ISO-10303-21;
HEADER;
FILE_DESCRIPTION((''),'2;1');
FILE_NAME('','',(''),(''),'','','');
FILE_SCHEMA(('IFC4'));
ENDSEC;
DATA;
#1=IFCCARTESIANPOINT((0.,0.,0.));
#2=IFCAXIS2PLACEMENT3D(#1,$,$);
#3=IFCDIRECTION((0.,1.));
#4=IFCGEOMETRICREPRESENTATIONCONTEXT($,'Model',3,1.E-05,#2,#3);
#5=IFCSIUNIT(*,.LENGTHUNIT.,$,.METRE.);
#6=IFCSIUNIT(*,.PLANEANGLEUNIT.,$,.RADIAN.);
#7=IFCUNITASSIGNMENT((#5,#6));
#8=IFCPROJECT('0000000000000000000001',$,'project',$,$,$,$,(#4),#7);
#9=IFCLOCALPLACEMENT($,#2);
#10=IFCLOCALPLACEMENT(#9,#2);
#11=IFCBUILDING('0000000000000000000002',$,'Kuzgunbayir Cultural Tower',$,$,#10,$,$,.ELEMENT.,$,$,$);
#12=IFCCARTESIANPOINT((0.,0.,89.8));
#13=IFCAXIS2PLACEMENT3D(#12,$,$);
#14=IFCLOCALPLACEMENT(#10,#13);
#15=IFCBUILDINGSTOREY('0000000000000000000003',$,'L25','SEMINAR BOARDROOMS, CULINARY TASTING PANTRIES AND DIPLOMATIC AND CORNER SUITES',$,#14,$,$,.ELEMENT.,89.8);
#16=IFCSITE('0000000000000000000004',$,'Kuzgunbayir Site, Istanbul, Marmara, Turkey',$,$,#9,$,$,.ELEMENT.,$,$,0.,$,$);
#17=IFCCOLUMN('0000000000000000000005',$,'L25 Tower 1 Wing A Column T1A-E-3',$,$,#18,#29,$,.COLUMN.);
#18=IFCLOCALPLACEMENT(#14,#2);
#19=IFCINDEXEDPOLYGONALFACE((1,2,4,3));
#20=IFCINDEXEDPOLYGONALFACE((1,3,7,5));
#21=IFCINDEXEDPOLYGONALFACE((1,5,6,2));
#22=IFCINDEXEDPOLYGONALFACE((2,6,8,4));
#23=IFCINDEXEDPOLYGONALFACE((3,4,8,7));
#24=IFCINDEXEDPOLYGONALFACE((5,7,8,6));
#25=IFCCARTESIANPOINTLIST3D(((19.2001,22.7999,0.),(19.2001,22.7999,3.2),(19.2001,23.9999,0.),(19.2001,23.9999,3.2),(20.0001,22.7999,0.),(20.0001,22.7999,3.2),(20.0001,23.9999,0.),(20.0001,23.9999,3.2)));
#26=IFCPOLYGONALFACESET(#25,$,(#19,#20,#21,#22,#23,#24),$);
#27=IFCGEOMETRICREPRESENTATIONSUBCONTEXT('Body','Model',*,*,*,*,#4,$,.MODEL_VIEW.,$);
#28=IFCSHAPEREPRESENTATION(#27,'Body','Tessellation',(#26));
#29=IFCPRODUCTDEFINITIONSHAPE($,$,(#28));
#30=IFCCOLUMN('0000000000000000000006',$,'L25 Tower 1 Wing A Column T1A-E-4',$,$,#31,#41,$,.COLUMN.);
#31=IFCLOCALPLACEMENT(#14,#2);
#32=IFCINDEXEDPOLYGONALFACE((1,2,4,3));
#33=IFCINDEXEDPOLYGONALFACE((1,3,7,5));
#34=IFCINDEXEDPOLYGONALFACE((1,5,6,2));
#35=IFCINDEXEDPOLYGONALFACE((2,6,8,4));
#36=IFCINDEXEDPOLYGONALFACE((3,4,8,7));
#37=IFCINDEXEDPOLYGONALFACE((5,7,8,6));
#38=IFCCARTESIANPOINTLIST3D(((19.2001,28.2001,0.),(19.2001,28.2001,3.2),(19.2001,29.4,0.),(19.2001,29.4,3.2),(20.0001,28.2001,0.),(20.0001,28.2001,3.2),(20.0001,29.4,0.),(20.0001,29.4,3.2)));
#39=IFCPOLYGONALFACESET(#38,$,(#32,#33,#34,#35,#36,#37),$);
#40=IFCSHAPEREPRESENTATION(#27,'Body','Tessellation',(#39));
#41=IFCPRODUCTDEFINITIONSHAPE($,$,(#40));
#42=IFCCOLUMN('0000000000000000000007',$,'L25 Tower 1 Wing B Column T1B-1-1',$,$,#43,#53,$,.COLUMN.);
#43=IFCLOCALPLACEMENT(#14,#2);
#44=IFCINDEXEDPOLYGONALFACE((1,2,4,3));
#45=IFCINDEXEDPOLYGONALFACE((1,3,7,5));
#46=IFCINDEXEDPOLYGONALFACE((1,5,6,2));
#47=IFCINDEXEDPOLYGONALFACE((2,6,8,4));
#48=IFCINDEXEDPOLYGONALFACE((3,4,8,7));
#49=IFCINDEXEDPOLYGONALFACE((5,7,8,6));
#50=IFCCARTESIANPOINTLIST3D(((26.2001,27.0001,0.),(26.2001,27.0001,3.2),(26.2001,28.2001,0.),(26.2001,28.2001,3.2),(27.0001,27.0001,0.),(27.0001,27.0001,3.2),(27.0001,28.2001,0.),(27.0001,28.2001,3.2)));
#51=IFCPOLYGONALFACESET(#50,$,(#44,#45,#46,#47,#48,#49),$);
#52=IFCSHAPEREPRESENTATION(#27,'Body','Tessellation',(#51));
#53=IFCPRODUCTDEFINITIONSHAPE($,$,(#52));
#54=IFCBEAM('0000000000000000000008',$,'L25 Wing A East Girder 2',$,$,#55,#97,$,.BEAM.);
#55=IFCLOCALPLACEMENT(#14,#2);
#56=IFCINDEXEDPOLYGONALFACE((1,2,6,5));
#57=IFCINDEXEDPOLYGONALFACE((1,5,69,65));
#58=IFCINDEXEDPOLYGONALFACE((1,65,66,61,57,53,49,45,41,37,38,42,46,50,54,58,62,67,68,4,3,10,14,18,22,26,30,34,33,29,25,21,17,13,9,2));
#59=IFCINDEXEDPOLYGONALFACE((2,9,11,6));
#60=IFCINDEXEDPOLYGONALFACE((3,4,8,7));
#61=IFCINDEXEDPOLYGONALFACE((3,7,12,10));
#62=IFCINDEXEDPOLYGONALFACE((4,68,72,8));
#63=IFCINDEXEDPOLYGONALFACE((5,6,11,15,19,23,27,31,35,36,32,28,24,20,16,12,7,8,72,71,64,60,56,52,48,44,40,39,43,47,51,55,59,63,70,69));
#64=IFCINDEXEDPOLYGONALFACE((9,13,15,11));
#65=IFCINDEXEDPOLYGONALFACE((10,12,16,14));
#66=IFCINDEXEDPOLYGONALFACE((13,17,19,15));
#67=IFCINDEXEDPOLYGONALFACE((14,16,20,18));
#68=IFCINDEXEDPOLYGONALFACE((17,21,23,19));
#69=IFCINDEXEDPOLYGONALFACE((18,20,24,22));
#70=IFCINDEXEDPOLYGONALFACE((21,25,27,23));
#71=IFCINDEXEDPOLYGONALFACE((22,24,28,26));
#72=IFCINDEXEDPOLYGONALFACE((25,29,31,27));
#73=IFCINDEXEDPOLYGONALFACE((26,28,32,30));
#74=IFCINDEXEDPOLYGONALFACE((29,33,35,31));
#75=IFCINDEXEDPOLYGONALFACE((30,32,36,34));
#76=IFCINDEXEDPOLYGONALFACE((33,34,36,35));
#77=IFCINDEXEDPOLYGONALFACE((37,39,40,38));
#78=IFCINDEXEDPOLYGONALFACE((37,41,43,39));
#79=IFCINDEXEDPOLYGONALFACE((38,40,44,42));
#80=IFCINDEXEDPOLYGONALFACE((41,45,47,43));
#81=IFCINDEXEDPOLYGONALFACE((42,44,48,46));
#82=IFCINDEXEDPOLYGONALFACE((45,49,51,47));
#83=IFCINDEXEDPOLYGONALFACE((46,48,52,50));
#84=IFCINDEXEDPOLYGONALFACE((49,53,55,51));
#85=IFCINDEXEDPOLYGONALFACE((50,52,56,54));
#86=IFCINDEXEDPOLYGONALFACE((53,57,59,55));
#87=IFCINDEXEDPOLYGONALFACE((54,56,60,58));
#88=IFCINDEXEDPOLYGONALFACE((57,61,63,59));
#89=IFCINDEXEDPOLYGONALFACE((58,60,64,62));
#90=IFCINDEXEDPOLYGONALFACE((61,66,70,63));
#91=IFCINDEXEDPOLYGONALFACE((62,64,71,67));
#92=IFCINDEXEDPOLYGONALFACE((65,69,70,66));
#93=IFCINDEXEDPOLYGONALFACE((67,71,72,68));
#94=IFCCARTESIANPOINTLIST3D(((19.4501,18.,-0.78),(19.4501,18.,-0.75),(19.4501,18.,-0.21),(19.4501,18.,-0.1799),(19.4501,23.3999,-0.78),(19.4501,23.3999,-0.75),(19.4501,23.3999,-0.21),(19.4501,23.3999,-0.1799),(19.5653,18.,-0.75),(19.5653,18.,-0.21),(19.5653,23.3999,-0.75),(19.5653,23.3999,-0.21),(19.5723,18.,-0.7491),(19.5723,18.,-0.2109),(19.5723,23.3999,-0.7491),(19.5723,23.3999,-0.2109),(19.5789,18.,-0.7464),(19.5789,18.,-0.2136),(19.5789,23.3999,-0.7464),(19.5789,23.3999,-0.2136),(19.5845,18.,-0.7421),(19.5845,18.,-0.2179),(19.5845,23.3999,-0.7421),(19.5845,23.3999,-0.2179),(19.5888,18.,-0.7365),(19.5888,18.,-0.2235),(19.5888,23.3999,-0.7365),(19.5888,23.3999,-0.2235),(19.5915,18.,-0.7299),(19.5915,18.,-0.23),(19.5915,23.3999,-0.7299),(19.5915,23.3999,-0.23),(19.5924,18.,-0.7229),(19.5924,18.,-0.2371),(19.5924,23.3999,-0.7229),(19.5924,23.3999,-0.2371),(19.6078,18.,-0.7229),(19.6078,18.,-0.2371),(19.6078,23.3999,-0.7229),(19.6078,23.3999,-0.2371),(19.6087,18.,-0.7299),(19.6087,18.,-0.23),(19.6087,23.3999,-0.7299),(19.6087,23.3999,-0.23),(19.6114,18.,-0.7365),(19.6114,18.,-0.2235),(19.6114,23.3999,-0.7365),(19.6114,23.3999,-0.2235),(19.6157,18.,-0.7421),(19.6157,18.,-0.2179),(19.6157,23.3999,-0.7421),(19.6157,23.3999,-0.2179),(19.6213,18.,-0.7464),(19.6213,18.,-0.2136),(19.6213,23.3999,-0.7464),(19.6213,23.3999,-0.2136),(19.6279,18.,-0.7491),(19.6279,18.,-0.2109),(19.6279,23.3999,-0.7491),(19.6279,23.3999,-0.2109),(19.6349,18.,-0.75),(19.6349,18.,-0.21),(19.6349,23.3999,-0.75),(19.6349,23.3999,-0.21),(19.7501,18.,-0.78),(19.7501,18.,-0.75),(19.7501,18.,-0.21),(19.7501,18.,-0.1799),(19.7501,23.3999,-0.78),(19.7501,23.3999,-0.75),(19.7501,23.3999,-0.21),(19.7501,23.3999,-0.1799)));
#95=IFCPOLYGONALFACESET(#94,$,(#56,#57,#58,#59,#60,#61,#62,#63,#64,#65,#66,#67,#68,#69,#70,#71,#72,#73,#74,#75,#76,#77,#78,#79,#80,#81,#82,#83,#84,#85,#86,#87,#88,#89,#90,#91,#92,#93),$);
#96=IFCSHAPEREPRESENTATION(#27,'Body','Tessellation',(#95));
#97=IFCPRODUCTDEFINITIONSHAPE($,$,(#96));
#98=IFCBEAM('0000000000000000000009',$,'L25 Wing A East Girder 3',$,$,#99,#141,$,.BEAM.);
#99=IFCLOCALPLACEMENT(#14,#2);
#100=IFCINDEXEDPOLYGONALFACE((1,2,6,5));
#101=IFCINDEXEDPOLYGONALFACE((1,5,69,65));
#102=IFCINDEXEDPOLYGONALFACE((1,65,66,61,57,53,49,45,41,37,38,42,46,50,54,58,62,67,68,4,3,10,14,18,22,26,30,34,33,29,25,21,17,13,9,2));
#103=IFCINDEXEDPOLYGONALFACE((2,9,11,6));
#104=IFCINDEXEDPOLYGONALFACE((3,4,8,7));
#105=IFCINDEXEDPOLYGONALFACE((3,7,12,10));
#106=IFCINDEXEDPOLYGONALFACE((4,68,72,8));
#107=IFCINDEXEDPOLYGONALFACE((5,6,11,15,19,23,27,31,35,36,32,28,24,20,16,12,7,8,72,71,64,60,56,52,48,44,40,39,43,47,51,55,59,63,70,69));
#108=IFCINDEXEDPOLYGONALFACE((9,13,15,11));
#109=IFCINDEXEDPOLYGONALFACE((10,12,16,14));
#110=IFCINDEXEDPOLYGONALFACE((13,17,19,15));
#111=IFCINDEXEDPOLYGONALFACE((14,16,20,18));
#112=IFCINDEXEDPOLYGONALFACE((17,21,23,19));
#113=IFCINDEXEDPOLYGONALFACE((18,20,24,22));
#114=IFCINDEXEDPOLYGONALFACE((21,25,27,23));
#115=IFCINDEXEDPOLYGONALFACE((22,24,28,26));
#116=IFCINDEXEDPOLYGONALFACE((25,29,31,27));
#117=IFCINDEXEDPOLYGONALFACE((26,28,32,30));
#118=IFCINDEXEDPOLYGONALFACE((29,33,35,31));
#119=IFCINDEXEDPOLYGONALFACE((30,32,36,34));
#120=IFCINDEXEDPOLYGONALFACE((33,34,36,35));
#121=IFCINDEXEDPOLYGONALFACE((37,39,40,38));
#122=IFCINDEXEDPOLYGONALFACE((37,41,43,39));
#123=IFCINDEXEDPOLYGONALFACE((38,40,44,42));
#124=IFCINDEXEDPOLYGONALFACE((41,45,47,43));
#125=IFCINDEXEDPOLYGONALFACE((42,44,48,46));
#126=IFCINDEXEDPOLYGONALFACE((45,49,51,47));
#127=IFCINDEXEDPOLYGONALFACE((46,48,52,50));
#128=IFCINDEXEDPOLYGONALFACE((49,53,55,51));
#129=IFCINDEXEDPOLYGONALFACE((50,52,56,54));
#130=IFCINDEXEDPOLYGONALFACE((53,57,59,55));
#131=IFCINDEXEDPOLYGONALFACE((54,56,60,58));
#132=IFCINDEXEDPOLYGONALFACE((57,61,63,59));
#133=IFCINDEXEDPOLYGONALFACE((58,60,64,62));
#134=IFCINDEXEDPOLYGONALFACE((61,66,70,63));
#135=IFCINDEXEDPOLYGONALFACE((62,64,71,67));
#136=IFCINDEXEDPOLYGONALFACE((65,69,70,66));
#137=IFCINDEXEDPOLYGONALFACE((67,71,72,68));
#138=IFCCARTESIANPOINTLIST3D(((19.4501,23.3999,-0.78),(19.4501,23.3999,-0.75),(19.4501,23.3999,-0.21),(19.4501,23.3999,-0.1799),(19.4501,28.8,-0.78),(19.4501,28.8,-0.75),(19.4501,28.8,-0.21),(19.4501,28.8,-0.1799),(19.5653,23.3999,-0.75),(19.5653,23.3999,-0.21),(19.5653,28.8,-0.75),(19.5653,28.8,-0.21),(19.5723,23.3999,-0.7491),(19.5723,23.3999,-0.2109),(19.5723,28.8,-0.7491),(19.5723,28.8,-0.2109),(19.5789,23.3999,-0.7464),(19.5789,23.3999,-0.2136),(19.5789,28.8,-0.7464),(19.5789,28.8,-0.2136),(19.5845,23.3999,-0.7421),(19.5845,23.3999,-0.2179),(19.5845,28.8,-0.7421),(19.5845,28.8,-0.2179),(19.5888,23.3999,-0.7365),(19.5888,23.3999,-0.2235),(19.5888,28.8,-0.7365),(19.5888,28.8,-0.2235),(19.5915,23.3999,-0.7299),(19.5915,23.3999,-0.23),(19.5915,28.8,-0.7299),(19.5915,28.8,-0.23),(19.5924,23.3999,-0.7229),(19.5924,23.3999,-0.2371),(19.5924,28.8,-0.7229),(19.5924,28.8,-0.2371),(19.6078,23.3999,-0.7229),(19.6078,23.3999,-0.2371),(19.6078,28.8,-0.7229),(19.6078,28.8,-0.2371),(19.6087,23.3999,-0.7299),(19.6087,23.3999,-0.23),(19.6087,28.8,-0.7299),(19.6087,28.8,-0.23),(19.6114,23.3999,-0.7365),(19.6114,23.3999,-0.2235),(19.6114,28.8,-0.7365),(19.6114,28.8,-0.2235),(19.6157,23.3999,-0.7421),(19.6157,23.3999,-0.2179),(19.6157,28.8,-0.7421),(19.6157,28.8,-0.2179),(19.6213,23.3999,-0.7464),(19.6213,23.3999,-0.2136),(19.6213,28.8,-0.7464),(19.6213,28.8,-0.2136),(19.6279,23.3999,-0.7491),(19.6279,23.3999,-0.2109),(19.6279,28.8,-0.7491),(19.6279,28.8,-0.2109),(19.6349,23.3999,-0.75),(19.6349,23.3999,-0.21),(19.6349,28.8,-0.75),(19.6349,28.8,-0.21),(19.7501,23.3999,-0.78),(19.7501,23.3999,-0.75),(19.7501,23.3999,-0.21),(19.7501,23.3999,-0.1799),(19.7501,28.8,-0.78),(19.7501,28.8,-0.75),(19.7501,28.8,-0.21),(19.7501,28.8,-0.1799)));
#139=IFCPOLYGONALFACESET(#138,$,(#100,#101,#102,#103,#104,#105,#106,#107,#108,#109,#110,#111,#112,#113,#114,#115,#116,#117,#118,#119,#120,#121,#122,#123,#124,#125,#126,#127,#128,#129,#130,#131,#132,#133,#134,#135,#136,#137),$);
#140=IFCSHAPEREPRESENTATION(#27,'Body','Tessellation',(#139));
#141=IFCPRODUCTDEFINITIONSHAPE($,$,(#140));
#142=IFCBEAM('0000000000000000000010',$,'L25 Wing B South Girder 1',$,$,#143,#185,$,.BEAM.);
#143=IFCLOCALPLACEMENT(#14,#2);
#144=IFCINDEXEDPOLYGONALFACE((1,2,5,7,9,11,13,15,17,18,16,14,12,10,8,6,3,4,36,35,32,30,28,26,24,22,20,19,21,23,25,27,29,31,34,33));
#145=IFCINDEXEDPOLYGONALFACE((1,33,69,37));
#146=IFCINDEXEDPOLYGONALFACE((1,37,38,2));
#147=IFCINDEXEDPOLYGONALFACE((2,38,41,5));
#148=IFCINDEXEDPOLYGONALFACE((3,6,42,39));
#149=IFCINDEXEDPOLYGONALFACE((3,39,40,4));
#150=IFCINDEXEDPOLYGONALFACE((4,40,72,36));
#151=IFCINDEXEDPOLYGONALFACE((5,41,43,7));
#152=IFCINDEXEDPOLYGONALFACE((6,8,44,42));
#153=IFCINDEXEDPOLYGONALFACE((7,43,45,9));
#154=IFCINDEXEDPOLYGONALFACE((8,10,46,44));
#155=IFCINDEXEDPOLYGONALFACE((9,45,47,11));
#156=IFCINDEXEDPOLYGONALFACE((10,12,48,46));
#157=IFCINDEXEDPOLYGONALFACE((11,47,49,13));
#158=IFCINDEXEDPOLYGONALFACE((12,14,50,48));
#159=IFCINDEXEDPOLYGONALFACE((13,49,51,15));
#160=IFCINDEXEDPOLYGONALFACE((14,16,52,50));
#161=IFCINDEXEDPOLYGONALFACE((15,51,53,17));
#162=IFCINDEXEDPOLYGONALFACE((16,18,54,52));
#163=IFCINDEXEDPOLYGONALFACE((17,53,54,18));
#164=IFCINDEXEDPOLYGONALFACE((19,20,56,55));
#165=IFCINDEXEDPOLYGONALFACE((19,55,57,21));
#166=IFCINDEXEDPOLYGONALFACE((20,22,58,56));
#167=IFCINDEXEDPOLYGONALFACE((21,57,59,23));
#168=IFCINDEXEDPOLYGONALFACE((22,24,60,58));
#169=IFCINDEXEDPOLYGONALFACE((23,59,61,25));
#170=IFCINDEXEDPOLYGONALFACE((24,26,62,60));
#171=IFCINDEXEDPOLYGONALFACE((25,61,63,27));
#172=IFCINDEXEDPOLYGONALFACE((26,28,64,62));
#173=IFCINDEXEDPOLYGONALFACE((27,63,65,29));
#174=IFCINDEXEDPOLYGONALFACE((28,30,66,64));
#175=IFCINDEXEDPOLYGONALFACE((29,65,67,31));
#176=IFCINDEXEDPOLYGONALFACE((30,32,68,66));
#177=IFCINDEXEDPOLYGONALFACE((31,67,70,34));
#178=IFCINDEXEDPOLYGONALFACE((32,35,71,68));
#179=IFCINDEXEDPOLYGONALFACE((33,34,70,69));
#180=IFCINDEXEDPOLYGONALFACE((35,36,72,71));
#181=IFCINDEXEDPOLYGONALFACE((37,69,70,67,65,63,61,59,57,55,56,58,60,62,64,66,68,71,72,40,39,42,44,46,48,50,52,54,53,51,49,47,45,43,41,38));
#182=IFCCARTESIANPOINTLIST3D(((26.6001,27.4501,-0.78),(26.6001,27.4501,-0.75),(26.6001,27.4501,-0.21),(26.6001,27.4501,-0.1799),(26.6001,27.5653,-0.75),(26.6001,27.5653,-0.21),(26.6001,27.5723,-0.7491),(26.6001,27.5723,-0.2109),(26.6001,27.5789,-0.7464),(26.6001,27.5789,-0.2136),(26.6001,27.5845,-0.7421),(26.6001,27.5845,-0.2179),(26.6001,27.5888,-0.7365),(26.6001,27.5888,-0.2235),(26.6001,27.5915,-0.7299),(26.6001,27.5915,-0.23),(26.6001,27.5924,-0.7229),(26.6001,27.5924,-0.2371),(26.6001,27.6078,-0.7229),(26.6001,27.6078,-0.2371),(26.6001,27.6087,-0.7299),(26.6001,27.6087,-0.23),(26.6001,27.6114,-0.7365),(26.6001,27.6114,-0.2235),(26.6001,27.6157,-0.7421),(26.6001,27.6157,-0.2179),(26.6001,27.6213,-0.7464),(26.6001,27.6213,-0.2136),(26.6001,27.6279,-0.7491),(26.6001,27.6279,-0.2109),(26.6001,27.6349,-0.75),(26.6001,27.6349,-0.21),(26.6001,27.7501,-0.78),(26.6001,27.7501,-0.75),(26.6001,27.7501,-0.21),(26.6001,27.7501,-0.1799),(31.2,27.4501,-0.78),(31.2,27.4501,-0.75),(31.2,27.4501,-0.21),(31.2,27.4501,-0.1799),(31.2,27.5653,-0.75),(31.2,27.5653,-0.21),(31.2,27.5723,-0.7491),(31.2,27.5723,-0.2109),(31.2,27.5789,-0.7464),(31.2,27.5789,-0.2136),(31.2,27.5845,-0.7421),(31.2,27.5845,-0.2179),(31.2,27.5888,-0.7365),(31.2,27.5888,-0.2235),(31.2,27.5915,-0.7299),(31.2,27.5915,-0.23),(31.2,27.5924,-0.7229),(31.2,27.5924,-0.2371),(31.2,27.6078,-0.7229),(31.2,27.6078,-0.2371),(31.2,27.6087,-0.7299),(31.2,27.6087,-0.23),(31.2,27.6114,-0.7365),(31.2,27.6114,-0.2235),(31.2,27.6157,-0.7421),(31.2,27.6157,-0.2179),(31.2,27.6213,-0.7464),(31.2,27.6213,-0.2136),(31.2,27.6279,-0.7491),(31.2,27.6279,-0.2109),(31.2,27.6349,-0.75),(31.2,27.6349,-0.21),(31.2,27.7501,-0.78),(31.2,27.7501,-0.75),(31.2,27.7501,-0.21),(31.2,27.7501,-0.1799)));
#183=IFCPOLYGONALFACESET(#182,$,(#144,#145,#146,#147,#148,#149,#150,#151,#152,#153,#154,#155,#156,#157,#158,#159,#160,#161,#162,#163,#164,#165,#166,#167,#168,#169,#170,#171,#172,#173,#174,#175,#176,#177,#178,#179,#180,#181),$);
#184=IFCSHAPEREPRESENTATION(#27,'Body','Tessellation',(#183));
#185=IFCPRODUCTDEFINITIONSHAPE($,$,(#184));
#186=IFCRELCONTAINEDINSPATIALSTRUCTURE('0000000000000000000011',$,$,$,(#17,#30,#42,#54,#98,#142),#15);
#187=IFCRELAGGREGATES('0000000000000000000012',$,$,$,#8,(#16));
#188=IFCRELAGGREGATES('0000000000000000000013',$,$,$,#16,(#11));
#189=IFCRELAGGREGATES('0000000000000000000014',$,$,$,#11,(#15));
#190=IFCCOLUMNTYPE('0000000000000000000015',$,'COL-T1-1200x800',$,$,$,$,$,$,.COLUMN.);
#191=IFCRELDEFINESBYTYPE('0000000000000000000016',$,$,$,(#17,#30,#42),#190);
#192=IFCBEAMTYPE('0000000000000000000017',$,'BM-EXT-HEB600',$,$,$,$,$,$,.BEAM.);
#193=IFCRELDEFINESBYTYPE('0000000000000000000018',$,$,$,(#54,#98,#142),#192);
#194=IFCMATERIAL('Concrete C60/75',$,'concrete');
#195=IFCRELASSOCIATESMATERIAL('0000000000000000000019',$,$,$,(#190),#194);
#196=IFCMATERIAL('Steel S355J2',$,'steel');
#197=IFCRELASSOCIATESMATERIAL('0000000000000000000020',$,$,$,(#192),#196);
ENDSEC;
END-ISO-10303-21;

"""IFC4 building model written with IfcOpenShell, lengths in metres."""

from ifc_helpers import new_model, si_unit, direction, frame, origin, origin_2d, place, context, subcontext, project, spatial, rectangle, i_section, extrude, material, material_profile, profile_set, type_object, element, save


model = new_model("IFC4")

# Units and contexts
model_context = context("Model", 3, precision=1e-05, world=origin(), true_north=direction((0.0, 1.0)))
body_context = subcontext(model_context, "Body", "Model", "MODEL_VIEW")
ifc_project = project(units=[si_unit("LENGTHUNIT", "METRE"), si_unit("PLANEANGLEUNIT", "RADIAN")], contexts=[model_context])

# Site, building, storey
site_placement = place(None, origin())
site = spatial("IfcSite", under=ifc_project, at=site_placement, Name="Kuzgunbayir Site, Istanbul, Marmara, Turkey", CompositionType="ELEMENT", RefElevation=0.0)
building_placement = place(site_placement, origin())
building = spatial("IfcBuilding", under=site, at=building_placement, Name="Kuzgunbayir Cultural Tower", CompositionType="ELEMENT")
storey_placement = place(building_placement, frame((0.0, 0.0, 89.8)))
storey = spatial("IfcBuildingStorey", under=building, at=storey_placement, Name="L25", Description="SEMINAR BOARDROOMS, CULINARY TASTING PANTRIES AND DIPLOMATIC AND CORNER SUITES", CompositionType="ELEMENT", Elevation=89.8)

# Columns
ifc_material_1 = material(Name="Concrete C60/75", Category="concrete")
ifc_material_profile_1 = material_profile(ifc_material_1, rectangle(XDim=0.8, YDim=1.2, at=origin_2d()), Name="RC 1200x800")
ifc_profile_set_1 = profile_set([ifc_material_profile_1], Name="Concrete C60/75")
column_type = type_object("IfcColumnType", Name="COL-T1-1200x800", PredefinedType="COLUMN", material=ifc_profile_set_1)
for number, where, z_axis, x_axis, name in (
    (1, (19.6001, 23.3999, 0.0), (0.0, 0.0, 1.0), (1.0, 0.0, 0.0), "L25 Tower 1 Wing A Column T1A-E-3"),
    (2, (19.6001, 28.8, 0.0), (0.0, 0.0, 1.0), (1.0, 0.0, 0.0), "L25 Tower 1 Wing A Column T1A-E-4"),
    (3, (26.6001, 27.6001, 0.0), (0.0, 0.0, 1.0), (1.0, 0.0, 0.0), "L25 Tower 1 Wing B Column T1B-1-1"),
):
    element("IfcColumn", number, at=place(storey_placement, frame(where, z_axis=z_axis, x_axis=x_axis)), inside=storey, type_object=column_type, Name=name, PredefinedType="COLUMN", context=body_context, shape_type="SweptSolid", body=[
        extrude(rectangle(XDim=0.8, YDim=1.2, at=origin_2d()), origin(), (0.0, 0.0, 1.0), 3.2),
    ])

# Beams
ifc_material_2 = material(Name="Steel S355J2", Category="steel")
ifc_material_profile_2 = material_profile(ifc_material_2, i_section(OverallWidth=0.3, OverallDepth=0.6001, WebThickness=0.0154, FlangeThickness=0.03, FilletRadius=0.0271, at=origin_2d()), Name="HEB 600")
ifc_profile_set_2 = profile_set([ifc_material_profile_2], Name="Steel S355J2")
beam_type_1 = type_object("IfcBeamType", Name="BM-EXT-HEB600", PredefinedType="BEAM", material=ifc_profile_set_2)
beam_1_placement = place(storey_placement, frame((19.6001, 18.0, -0.48), z_axis=(0.0, 1.0, 0.0), x_axis=(-1.0, 0.0, 0.0)))
element("IfcBeam", 4, at=beam_1_placement, inside=storey, type_object=beam_type_1, Name="L25 Wing A East Girder 2", PredefinedType="BEAM", context=body_context, shape_type="SweptSolid", body=[
    extrude(i_section(OverallWidth=0.3, OverallDepth=0.6001, WebThickness=0.0154, FlangeThickness=0.03, FilletRadius=0.0271, at=origin_2d()), origin(), (0.0, 0.0, 1.0), 5.3999),
])
beam_2_placement = place(storey_placement, frame((19.6001, 23.3999, -0.48), z_axis=(0.0, 1.0, 0.0), x_axis=(-1.0, 0.0, 0.0)))
element("IfcBeam", 5, at=beam_2_placement, inside=storey, type_object=beam_type_1, Name="L25 Wing A East Girder 3", PredefinedType="BEAM", context=body_context, shape_type="SweptSolid", body=[
    extrude(i_section(OverallWidth=0.3, OverallDepth=0.6001, WebThickness=0.0154, FlangeThickness=0.03, FilletRadius=0.0271, at=origin_2d()), origin(), (0.0, 0.0, 1.0), 5.4001),
])
beam_3_placement = place(storey_placement, frame((26.6001, 27.6001, -0.48), z_axis=(1.0, 0.0, 0.0), x_axis=(0.0, 1.0, 0.0)))
element("IfcBeam", 6, at=beam_3_placement, inside=storey, type_object=beam_type_1, Name="L25 Wing B South Girder 1", PredefinedType="BEAM", context=body_context, shape_type="SweptSolid", body=[
    extrude(i_section(OverallWidth=0.3, OverallDepth=0.6001, WebThickness=0.0154, FlangeThickness=0.03, FilletRadius=0.0271, at=origin_2d()), origin(), (0.0, 0.0, 1.0), 4.5999),
])

save(model, "model.ifc")
